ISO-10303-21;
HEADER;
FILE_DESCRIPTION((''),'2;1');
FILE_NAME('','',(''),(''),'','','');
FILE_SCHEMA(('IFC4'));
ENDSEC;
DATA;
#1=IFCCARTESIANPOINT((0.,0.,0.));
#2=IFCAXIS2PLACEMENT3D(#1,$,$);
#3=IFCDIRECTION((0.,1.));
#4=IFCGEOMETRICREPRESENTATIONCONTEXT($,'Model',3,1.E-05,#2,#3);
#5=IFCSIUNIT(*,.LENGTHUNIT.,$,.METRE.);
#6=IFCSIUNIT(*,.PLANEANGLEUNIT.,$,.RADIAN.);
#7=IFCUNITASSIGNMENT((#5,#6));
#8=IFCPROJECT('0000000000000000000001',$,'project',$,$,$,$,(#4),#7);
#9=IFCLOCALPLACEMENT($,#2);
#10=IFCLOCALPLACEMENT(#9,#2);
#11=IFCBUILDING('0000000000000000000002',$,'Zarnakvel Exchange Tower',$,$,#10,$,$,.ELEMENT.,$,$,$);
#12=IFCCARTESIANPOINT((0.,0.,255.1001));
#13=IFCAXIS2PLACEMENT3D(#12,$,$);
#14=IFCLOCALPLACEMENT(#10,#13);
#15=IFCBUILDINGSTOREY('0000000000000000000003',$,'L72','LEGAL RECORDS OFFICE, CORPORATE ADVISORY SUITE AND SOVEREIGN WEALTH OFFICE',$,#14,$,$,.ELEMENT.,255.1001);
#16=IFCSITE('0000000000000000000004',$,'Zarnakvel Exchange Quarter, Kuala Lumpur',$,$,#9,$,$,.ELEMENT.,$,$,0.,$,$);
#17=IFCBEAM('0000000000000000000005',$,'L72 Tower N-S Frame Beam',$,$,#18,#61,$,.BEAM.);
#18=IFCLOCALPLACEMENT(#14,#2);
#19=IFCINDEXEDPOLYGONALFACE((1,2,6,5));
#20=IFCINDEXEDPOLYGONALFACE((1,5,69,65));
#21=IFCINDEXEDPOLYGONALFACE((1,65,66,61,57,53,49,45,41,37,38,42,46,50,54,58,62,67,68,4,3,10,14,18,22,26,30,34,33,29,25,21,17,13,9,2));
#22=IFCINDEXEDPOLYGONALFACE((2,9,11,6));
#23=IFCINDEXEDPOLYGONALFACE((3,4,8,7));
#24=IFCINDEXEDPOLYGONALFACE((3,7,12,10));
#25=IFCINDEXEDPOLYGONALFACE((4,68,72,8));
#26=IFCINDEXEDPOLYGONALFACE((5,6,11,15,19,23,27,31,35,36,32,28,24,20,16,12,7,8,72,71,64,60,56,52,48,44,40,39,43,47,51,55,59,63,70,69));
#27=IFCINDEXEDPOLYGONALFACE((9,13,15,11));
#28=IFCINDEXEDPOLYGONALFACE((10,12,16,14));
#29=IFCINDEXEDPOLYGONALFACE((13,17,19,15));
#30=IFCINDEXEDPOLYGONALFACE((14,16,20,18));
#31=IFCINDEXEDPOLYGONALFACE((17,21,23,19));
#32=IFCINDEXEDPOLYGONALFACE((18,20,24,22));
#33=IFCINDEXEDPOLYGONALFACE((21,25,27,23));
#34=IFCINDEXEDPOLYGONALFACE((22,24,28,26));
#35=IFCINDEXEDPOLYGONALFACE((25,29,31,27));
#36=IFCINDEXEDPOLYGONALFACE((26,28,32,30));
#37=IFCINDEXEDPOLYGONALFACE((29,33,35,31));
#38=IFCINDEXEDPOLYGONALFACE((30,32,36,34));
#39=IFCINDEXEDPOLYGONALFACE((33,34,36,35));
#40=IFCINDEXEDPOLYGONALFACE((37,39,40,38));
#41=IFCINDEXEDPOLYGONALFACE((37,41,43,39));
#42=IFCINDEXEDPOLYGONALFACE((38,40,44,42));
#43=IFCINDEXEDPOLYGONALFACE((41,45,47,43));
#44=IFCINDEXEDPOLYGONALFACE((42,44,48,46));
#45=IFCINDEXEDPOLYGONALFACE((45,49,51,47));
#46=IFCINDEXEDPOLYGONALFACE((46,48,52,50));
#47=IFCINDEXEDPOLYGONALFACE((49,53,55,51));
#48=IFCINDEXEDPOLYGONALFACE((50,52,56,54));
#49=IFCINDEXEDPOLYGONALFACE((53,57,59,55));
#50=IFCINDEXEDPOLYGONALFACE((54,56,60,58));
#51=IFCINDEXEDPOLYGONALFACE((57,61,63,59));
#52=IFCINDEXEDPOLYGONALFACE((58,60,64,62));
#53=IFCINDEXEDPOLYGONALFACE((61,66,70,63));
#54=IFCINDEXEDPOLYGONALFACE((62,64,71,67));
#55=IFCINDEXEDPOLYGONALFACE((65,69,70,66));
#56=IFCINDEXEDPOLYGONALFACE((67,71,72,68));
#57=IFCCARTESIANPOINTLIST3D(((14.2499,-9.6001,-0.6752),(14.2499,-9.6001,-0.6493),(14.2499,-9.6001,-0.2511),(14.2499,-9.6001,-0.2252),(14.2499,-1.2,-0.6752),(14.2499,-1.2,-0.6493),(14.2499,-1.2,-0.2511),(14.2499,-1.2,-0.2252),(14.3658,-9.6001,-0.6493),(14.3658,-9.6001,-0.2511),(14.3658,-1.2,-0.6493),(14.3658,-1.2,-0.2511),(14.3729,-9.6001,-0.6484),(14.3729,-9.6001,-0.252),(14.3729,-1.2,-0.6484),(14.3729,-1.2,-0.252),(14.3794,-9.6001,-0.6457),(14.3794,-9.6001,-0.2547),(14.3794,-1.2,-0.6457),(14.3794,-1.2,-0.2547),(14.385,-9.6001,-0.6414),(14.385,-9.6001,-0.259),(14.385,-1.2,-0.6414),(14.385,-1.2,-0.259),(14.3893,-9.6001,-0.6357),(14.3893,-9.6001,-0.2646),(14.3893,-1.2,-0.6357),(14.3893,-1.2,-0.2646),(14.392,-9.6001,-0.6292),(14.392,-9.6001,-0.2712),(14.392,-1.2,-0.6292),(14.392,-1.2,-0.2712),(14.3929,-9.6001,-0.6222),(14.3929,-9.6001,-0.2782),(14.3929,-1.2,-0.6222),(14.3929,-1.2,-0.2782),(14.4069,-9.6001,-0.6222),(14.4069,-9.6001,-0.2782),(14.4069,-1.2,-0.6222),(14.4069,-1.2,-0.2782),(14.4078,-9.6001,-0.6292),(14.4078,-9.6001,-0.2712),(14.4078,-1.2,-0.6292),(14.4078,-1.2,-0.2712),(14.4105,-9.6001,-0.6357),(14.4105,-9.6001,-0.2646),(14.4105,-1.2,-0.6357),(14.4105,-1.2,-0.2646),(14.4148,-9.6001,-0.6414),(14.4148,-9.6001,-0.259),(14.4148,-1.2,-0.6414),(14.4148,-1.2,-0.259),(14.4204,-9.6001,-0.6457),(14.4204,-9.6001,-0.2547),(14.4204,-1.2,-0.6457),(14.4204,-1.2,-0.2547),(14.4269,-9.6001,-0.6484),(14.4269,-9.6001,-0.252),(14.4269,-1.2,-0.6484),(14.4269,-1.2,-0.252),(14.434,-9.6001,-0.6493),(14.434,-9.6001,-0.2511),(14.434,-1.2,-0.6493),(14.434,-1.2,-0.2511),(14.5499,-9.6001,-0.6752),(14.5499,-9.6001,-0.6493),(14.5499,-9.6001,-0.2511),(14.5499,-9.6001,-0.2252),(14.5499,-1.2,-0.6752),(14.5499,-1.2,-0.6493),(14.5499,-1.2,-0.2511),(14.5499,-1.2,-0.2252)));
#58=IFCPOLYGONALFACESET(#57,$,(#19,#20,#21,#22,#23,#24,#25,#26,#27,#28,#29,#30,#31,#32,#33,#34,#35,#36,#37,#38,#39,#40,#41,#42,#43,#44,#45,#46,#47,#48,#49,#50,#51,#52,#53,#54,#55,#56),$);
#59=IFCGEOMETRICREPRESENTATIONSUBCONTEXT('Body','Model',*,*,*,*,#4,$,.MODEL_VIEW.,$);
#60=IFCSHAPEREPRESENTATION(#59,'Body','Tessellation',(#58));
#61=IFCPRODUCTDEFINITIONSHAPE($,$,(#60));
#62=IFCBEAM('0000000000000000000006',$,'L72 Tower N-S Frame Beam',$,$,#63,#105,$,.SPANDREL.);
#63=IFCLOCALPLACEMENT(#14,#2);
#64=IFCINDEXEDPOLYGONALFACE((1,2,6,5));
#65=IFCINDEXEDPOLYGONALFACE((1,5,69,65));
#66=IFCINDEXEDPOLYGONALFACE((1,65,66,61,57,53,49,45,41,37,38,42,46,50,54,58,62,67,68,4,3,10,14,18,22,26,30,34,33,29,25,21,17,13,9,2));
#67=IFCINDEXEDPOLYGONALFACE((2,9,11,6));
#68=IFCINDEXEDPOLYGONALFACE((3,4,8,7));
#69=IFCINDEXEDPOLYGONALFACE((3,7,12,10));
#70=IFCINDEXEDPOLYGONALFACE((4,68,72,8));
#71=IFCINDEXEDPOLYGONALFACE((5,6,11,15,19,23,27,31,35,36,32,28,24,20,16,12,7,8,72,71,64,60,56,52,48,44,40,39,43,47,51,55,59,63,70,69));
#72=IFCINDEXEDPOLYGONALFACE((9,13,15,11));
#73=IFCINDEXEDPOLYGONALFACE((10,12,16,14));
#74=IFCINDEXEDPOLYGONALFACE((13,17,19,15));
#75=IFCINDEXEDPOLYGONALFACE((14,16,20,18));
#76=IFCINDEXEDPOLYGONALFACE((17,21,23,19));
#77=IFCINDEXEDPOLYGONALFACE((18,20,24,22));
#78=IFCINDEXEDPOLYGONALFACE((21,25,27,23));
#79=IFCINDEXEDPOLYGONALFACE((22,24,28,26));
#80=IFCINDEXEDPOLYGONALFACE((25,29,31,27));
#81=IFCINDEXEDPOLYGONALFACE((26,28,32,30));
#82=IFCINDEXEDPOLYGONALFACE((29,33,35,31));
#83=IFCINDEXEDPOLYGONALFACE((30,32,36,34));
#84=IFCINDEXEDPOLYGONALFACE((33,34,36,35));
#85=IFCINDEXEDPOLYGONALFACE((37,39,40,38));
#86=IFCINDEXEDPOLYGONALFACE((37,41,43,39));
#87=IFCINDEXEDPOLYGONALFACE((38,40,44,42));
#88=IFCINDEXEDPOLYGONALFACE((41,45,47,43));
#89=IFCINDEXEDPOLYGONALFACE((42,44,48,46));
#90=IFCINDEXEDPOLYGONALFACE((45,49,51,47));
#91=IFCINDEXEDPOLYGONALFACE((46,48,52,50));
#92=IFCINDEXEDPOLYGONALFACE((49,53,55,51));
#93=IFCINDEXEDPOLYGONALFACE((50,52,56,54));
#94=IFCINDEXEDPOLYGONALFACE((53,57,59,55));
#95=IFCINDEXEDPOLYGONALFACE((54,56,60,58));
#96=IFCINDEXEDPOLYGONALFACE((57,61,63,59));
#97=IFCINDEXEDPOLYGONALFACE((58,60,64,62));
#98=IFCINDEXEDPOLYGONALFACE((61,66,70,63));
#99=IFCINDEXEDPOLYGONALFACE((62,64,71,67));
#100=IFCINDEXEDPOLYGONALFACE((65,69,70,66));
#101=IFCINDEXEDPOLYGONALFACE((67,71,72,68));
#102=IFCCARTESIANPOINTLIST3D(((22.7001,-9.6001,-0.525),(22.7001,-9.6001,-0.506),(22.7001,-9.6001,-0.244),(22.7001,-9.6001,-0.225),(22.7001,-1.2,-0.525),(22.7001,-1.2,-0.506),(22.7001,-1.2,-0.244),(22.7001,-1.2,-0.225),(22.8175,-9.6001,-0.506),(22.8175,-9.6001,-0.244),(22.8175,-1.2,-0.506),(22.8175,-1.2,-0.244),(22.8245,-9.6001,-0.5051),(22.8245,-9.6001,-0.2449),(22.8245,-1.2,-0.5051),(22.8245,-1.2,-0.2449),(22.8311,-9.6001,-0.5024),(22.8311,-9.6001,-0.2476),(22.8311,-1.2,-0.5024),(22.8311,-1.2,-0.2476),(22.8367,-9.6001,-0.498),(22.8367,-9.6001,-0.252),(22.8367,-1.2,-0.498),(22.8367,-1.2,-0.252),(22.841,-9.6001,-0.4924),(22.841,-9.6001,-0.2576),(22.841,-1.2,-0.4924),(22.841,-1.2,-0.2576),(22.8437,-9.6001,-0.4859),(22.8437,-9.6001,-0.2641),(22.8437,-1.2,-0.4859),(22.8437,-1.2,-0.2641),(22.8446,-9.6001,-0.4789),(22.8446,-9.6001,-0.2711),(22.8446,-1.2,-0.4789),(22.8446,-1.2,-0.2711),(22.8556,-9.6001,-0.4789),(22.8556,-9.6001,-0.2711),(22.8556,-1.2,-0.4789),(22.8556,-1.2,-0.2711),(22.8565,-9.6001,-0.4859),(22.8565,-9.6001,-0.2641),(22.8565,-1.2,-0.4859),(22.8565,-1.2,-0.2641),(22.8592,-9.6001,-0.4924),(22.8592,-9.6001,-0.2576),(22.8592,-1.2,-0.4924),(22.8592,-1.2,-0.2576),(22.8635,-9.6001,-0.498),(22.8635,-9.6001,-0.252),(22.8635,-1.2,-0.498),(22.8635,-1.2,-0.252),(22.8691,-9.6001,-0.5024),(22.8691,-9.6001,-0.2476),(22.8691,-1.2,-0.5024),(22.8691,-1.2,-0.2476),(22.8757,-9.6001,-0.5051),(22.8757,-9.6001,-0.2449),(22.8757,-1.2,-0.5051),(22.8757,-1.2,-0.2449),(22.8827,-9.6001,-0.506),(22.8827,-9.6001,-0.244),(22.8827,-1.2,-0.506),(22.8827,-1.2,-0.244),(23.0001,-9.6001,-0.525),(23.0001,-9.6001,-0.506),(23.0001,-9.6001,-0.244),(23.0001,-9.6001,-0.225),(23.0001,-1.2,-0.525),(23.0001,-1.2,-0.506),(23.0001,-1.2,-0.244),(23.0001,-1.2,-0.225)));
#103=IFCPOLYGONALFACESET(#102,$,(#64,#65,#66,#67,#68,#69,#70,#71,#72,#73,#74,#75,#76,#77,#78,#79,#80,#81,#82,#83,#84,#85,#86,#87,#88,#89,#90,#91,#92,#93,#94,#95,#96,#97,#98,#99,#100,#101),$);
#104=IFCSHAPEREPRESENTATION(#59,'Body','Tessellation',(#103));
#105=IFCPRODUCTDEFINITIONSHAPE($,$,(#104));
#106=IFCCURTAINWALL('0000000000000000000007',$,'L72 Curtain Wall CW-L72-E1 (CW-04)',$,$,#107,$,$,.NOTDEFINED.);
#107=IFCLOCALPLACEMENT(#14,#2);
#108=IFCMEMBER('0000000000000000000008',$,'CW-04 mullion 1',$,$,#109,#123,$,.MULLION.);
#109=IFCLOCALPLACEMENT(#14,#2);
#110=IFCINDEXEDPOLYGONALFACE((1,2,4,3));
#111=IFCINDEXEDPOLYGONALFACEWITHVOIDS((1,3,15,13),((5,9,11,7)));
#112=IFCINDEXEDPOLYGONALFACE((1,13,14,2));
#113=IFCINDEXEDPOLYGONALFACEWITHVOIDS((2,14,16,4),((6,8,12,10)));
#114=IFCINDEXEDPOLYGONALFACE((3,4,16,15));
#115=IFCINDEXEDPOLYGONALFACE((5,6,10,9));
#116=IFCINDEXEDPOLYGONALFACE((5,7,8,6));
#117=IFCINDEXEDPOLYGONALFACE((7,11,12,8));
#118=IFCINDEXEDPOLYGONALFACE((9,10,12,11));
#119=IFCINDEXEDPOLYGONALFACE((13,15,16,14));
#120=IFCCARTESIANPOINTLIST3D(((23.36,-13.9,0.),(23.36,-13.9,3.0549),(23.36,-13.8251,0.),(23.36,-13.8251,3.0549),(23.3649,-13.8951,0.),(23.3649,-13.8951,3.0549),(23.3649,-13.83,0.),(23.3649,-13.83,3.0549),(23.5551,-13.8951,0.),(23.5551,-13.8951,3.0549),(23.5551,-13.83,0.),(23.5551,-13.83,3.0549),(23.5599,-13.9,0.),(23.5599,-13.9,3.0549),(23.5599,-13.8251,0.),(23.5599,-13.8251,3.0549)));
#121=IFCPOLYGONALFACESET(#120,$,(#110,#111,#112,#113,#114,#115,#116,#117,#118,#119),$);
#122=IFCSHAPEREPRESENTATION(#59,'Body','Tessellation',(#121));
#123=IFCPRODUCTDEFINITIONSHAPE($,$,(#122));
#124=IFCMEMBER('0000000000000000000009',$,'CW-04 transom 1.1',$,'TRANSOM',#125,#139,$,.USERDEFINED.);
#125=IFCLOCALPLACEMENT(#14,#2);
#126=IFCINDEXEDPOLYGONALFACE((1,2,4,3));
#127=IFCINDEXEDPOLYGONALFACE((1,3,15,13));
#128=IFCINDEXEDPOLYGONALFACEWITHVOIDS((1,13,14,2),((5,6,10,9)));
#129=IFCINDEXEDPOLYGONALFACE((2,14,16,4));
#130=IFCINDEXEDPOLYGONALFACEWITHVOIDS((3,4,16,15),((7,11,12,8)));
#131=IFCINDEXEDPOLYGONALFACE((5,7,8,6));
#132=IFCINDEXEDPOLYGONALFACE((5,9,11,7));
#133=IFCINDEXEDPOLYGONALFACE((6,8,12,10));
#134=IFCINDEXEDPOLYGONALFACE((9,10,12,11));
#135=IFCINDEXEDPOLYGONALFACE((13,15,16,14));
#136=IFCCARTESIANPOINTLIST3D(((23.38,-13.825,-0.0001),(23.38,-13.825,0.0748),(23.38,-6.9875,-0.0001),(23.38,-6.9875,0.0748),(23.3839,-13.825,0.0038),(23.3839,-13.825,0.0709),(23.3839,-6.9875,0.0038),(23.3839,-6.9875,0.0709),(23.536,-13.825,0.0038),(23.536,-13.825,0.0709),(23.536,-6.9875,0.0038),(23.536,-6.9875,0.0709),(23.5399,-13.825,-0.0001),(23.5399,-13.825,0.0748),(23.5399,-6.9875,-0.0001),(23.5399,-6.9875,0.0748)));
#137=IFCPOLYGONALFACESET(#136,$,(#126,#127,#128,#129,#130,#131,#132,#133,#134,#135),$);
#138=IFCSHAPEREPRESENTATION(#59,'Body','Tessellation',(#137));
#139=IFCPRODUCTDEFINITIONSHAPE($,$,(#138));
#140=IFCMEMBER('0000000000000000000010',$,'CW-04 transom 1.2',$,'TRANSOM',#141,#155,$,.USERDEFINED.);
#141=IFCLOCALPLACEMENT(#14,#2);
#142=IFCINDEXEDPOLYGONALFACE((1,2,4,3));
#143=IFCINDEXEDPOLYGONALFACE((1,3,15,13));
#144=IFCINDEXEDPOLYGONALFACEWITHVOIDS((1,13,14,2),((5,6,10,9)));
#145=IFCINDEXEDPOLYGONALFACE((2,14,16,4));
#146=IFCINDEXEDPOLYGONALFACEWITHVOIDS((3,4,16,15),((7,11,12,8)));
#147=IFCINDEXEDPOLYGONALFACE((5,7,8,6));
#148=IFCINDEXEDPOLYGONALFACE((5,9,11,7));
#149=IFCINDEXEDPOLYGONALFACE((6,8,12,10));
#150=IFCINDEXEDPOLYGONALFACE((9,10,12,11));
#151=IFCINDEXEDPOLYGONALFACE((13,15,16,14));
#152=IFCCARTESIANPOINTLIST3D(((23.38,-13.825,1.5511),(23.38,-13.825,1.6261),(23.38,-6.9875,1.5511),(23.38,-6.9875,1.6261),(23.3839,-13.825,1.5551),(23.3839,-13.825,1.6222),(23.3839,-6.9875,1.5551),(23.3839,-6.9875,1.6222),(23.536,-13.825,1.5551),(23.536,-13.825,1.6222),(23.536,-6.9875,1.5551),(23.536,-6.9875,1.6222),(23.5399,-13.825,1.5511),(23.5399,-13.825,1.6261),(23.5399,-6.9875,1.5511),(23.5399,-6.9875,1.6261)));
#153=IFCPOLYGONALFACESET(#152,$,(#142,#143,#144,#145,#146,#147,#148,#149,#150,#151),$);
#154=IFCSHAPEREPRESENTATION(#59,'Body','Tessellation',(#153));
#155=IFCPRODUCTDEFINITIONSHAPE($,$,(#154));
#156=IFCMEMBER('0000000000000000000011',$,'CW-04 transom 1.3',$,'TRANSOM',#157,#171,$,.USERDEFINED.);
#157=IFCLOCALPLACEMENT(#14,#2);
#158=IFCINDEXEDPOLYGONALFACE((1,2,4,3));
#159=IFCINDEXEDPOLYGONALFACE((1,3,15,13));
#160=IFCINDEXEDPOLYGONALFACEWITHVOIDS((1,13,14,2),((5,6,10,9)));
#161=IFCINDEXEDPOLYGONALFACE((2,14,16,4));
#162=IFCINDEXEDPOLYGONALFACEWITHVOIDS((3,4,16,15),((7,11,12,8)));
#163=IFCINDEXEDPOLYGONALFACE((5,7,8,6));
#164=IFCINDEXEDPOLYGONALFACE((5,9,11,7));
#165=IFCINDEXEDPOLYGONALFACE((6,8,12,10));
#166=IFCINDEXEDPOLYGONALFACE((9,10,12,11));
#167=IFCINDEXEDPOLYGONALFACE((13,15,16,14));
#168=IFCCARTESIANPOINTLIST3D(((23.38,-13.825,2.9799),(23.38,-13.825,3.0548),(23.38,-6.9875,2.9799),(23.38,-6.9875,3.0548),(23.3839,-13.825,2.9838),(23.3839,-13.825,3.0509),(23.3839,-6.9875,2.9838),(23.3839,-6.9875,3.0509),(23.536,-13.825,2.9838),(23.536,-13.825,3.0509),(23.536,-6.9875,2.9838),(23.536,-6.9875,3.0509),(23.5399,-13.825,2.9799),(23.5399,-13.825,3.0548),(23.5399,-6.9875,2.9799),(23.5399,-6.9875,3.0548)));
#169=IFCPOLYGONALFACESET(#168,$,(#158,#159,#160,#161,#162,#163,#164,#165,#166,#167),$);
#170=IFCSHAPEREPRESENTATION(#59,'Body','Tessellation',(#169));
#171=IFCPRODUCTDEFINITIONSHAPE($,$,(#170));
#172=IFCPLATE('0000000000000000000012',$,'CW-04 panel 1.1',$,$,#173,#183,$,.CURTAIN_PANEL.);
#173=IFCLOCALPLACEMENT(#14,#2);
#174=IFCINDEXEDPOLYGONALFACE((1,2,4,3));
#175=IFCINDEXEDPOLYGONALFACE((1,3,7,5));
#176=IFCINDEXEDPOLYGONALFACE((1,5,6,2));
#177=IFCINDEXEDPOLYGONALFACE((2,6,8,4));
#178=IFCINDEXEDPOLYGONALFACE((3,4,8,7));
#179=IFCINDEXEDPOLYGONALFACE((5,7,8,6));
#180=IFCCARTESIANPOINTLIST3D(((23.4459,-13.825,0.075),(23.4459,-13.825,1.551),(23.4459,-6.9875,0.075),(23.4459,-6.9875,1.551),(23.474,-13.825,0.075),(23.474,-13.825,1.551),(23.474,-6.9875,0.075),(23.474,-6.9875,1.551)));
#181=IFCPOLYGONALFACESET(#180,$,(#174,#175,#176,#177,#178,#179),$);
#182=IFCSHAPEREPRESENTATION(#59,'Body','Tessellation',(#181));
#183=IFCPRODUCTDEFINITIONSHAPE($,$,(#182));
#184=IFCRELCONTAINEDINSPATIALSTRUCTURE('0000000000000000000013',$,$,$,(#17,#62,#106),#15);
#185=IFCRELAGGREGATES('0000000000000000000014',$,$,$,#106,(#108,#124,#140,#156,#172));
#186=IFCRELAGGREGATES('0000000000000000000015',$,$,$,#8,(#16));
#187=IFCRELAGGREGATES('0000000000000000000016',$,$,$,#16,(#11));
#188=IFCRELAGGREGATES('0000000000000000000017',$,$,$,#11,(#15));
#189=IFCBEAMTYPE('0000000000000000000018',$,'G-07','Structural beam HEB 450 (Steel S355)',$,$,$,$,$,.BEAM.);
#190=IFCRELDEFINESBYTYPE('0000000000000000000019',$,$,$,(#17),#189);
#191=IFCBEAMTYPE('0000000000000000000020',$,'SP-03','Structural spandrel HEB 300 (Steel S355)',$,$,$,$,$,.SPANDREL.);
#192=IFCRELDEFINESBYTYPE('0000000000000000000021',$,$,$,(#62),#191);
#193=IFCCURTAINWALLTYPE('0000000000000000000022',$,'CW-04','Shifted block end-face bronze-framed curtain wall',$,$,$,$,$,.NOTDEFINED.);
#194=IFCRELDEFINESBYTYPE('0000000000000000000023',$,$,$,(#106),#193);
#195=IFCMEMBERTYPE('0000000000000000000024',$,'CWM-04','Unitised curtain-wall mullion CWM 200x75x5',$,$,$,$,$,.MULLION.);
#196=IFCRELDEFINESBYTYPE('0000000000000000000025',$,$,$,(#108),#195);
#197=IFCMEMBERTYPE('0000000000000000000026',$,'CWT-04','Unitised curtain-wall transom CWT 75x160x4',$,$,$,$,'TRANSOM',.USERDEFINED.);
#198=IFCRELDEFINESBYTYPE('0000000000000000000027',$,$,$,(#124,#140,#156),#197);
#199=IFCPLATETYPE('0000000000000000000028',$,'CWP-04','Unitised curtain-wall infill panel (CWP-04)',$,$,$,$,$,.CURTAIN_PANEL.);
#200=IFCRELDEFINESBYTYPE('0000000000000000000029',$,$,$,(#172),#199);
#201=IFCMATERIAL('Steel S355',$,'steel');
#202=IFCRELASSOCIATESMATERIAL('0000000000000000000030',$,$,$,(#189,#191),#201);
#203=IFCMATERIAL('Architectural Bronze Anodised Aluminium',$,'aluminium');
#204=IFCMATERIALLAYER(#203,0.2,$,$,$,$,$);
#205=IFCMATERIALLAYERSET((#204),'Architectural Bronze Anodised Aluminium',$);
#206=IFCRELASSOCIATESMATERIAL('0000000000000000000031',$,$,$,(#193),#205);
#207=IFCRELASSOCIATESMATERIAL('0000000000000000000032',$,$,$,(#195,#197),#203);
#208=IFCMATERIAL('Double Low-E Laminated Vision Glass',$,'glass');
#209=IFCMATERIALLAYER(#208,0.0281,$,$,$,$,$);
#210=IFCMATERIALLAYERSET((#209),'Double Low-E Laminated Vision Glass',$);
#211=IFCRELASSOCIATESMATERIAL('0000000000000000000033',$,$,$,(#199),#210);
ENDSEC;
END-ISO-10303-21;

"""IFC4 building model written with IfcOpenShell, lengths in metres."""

from ifc_helpers import new_model, si_unit, direction, frame, origin, origin_2d, place, context, subcontext, project, spatial, rectangle, hollow_rectangle, i_section, extrude, source, transform, mapped, material, layer, layer_set, material_profile, profile_set, type_object, element, aggregate, save


model = new_model("IFC4")

# Units and contexts
model_context = context("Model", 3, precision=1e-05, world=origin(), true_north=direction((0.0, 1.0)))
body_context = subcontext(model_context, "Body", "Model", "MODEL_VIEW")
ifc_project = project(units=[si_unit("LENGTHUNIT", "METRE"), si_unit("PLANEANGLEUNIT", "RADIAN")], contexts=[model_context])

# Site, building, storey
site_placement = place(None, origin())
site = spatial("IfcSite", under=ifc_project, at=site_placement, Name="Zarnakvel Exchange Quarter, Kuala Lumpur", CompositionType="ELEMENT", RefElevation=0.0)
building_placement = place(site_placement, origin())
building = spatial("IfcBuilding", under=site, at=building_placement, Name="Zarnakvel Exchange Tower", CompositionType="ELEMENT")
storey_placement = place(building_placement, frame((0.0, 0.0, 255.1001)))
storey = spatial("IfcBuildingStorey", under=building, at=storey_placement, Name="L72", Description="LEGAL RECORDS OFFICE, CORPORATE ADVISORY SUITE AND SOVEREIGN WEALTH OFFICE", CompositionType="ELEMENT", Elevation=255.1001)

# Shared definitions
ifc_material_1 = material(Name="Steel S355", Category="steel")

# Beams
ifc_material_profile_1 = material_profile(ifc_material_1, i_section(OverallWidth=0.3, OverallDepth=0.45, WebThickness=0.0139, FlangeThickness=0.0259, FilletRadius=0.0271, at=origin_2d()))
ifc_profile_set_1 = profile_set([ifc_material_profile_1], Name="Steel S355")
beam_type_1 = type_object("IfcBeamType", Name="G-07", Description="Structural beam HEB 450 (Steel S355)", PredefinedType="BEAM", material=ifc_profile_set_1)
beam_1_placement = place(storey_placement, frame((14.3999, -9.6001, -0.4502), z_axis=(0.0, 1.0, 0.0), x_axis=(-1.0, 0.0, 0.0)))
element("IfcBeam", 1, at=beam_1_placement, inside=storey, type_object=beam_type_1, Name="L72 Tower N-S Frame Beam", PredefinedType="BEAM", context=body_context, shape_type="SweptSolid", body=[
    extrude(i_section(OverallWidth=0.3, OverallDepth=0.45, WebThickness=0.0139, FlangeThickness=0.0259, FilletRadius=0.0271, at=origin_2d()), origin(), (0.0, 0.0, 1.0), 8.4001),
])
ifc_material_profile_2 = material_profile(ifc_material_1, i_section(OverallWidth=0.3, OverallDepth=0.3, WebThickness=0.011, FlangeThickness=0.019, FilletRadius=0.0271, at=origin_2d()))
ifc_profile_set_2 = profile_set([ifc_material_profile_2], Name="Steel S355")
beam_type_2 = type_object("IfcBeamType", Name="SP-03", Description="Structural spandrel HEB 300 (Steel S355)", PredefinedType="SPANDREL", material=ifc_profile_set_2)
beam_2_placement = place(storey_placement, frame((22.8501, -9.6001, -0.375), z_axis=(0.0, 1.0, 0.0), x_axis=(-1.0, 0.0, 0.0)))
element("IfcBeam", 2, at=beam_2_placement, inside=storey, type_object=beam_type_2, Name="L72 Tower N-S Frame Beam", PredefinedType="SPANDREL", context=body_context, shape_type="SweptSolid", body=[
    extrude(i_section(OverallWidth=0.3, OverallDepth=0.3, WebThickness=0.011, FlangeThickness=0.019, FilletRadius=0.0271, at=origin_2d()), origin(), (0.0, 0.0, 1.0), 8.4001),
])

# Curtain wall, members, plate
ifc_material_2 = material(Name="Architectural Bronze Anodised Aluminium", Category="aluminium")
ifc_layer_1 = layer(ifc_material_2, 0.2)
ifc_layer_set_1 = layer_set([ifc_layer_1], Name="Architectural Bronze Anodised Aluminium")
curtain_wall_type = type_object("IfcCurtainWallType", Name="CW-04", Description="Shifted block end-face bronze-framed curtain wall", PredefinedType="NOTDEFINED", material=ifc_layer_set_1)
curtain_wall_placement = place(storey_placement, origin())
curtain_wall = element("IfcCurtainWall", 3, at=curtain_wall_placement, inside=storey, type_object=curtain_wall_type, Name="L72 Curtain Wall CW-L72-E1 (CW-04)", PredefinedType="NOTDEFINED")
ifc_material_profile_3 = material_profile(ifc_material_2, hollow_rectangle(XDim=0.2, YDim=0.075, WallThickness=0.0049, at=origin_2d()))
ifc_profile_set_3 = profile_set([ifc_material_profile_3], Name="Architectural Bronze Anodised Aluminium")
member_type_1 = type_object("IfcMemberType", Name="CWM-04", Description="Unitised curtain-wall mullion CWM 200x75x5", PredefinedType="MULLION", material=ifc_profile_set_3)
shared_shape_1 = source(origin(), body_context, "Body", "SweptSolid", [
    extrude(hollow_rectangle(XDim=0.2, YDim=0.075, WallThickness=0.0049, at=origin_2d()), origin(), (0.0, 0.0, 1.0), 3.0549),
])
member_1_placement = place(storey_placement, frame((23.46, -13.8625, 0.0), z_axis=(0.0, 0.0, 1.0), x_axis=(-1.0, 0.0, 0.0)))
member_1 = element("IfcMember", 4, at=member_1_placement, type_object=member_type_1, Name="CW-04 mullion 1", PredefinedType="MULLION", context=body_context, shape_type="MappedRepresentation", body=[
    mapped(shared_shape_1, transform((0.0, 0.0, 0.0), x_axis=(1.0, 0.0, 0.0), y_axis=(0.0, 1.0, 0.0), z_axis=(0.0, 0.0, 1.0), scale=1.0)),
])
ifc_material_profile_4 = material_profile(ifc_material_2, hollow_rectangle(XDim=0.1599, YDim=0.075, WallThickness=0.0039, at=origin_2d()))
ifc_profile_set_4 = profile_set([ifc_material_profile_4], Name="Architectural Bronze Anodised Aluminium")
member_type_2 = type_object("IfcMemberType", Name="CWT-04", Description="Unitised curtain-wall transom CWT 75x160x4", ElementType="TRANSOM", PredefinedType="USERDEFINED", material=ifc_profile_set_4)
shared_shape_2 = source(origin(), body_context, "Body", "SweptSolid", [
    extrude(hollow_rectangle(XDim=0.1599, YDim=0.075, WallThickness=0.0039, at=origin_2d()), origin(), (0.0, 0.0, 1.0), 6.8374),
])
member_2_placement = place(storey_placement, frame((23.46, -13.825, 0.0374), z_axis=(0.0, 1.0, 0.0), x_axis=(-1.0, 0.0, 0.0)))
member_2 = element("IfcMember", 5, at=member_2_placement, type_object=member_type_2, Name="CW-04 transom 1.1", ObjectType="TRANSOM", PredefinedType="USERDEFINED", context=body_context, shape_type="MappedRepresentation", body=[
    mapped(shared_shape_2, transform((0.0, 0.0, 0.0), x_axis=(1.0, 0.0, 0.0), y_axis=(0.0, 1.0, 0.0), z_axis=(0.0, 0.0, 1.0), scale=1.0)),
])
member_3_placement = place(storey_placement, frame((23.46, -13.825, 1.5886), z_axis=(0.0, 1.0, 0.0), x_axis=(-1.0, 0.0, 0.0)))
member_3 = element("IfcMember", 6, at=member_3_placement, type_object=member_type_2, Name="CW-04 transom 1.2", ObjectType="TRANSOM", PredefinedType="USERDEFINED", context=body_context, shape_type="MappedRepresentation", body=[
    mapped(shared_shape_2, transform((0.0, 0.0, 0.0), x_axis=(1.0, 0.0, 0.0), y_axis=(0.0, 1.0, 0.0), z_axis=(0.0, 0.0, 1.0), scale=1.0)),
])
member_4_placement = place(storey_placement, frame((23.46, -13.825, 3.0173), z_axis=(0.0, 1.0, 0.0), x_axis=(-1.0, 0.0, 0.0)))
member_4 = element("IfcMember", 7, at=member_4_placement, type_object=member_type_2, Name="CW-04 transom 1.3", ObjectType="TRANSOM", PredefinedType="USERDEFINED", context=body_context, shape_type="MappedRepresentation", body=[
    mapped(shared_shape_2, transform((0.0, 0.0, 0.0), x_axis=(1.0, 0.0, 0.0), y_axis=(0.0, 1.0, 0.0), z_axis=(0.0, 0.0, 1.0), scale=1.0)),
])
ifc_material_3 = material(Name="Double Low-E Laminated Vision Glass", Category="glass")
ifc_layer_2 = layer(ifc_material_3, 0.0281)
ifc_layer_set_2 = layer_set([ifc_layer_2], Name="Double Low-E Laminated Vision Glass")
plate_type = type_object("IfcPlateType", Name="CWP-04", Description="Unitised curtain-wall infill panel (CWP-04)", PredefinedType="CURTAIN_PANEL", material=ifc_layer_set_2)
shared_shape_3 = source(origin(), body_context, "Body", "SweptSolid", [
    extrude(rectangle(XDim=6.8374, YDim=0.0281, at=origin_2d()), origin(), (0.0, 0.0, 1.0), 1.4761),
])
plate_1_placement = place(storey_placement, frame((23.46, -10.4062, 0.075), z_axis=(0.0, 0.0, 1.0), x_axis=(0.0, 1.0, 0.0)))
plate_1 = element("IfcPlate", 8, at=plate_1_placement, type_object=plate_type, Name="CW-04 panel 1.1", PredefinedType="CURTAIN_PANEL", context=body_context, shape_type="MappedRepresentation", body=[
    mapped(shared_shape_3, transform((0.0, 0.0, 0.0), x_axis=(1.0, 0.0, 0.0), y_axis=(0.0, 1.0, 0.0), z_axis=(0.0, 0.0, 1.0), scale=1.0)),
])
aggregate(curtain_wall, [member_1, member_2, member_3, member_4, plate_1])

save(model, "model.ifc")
